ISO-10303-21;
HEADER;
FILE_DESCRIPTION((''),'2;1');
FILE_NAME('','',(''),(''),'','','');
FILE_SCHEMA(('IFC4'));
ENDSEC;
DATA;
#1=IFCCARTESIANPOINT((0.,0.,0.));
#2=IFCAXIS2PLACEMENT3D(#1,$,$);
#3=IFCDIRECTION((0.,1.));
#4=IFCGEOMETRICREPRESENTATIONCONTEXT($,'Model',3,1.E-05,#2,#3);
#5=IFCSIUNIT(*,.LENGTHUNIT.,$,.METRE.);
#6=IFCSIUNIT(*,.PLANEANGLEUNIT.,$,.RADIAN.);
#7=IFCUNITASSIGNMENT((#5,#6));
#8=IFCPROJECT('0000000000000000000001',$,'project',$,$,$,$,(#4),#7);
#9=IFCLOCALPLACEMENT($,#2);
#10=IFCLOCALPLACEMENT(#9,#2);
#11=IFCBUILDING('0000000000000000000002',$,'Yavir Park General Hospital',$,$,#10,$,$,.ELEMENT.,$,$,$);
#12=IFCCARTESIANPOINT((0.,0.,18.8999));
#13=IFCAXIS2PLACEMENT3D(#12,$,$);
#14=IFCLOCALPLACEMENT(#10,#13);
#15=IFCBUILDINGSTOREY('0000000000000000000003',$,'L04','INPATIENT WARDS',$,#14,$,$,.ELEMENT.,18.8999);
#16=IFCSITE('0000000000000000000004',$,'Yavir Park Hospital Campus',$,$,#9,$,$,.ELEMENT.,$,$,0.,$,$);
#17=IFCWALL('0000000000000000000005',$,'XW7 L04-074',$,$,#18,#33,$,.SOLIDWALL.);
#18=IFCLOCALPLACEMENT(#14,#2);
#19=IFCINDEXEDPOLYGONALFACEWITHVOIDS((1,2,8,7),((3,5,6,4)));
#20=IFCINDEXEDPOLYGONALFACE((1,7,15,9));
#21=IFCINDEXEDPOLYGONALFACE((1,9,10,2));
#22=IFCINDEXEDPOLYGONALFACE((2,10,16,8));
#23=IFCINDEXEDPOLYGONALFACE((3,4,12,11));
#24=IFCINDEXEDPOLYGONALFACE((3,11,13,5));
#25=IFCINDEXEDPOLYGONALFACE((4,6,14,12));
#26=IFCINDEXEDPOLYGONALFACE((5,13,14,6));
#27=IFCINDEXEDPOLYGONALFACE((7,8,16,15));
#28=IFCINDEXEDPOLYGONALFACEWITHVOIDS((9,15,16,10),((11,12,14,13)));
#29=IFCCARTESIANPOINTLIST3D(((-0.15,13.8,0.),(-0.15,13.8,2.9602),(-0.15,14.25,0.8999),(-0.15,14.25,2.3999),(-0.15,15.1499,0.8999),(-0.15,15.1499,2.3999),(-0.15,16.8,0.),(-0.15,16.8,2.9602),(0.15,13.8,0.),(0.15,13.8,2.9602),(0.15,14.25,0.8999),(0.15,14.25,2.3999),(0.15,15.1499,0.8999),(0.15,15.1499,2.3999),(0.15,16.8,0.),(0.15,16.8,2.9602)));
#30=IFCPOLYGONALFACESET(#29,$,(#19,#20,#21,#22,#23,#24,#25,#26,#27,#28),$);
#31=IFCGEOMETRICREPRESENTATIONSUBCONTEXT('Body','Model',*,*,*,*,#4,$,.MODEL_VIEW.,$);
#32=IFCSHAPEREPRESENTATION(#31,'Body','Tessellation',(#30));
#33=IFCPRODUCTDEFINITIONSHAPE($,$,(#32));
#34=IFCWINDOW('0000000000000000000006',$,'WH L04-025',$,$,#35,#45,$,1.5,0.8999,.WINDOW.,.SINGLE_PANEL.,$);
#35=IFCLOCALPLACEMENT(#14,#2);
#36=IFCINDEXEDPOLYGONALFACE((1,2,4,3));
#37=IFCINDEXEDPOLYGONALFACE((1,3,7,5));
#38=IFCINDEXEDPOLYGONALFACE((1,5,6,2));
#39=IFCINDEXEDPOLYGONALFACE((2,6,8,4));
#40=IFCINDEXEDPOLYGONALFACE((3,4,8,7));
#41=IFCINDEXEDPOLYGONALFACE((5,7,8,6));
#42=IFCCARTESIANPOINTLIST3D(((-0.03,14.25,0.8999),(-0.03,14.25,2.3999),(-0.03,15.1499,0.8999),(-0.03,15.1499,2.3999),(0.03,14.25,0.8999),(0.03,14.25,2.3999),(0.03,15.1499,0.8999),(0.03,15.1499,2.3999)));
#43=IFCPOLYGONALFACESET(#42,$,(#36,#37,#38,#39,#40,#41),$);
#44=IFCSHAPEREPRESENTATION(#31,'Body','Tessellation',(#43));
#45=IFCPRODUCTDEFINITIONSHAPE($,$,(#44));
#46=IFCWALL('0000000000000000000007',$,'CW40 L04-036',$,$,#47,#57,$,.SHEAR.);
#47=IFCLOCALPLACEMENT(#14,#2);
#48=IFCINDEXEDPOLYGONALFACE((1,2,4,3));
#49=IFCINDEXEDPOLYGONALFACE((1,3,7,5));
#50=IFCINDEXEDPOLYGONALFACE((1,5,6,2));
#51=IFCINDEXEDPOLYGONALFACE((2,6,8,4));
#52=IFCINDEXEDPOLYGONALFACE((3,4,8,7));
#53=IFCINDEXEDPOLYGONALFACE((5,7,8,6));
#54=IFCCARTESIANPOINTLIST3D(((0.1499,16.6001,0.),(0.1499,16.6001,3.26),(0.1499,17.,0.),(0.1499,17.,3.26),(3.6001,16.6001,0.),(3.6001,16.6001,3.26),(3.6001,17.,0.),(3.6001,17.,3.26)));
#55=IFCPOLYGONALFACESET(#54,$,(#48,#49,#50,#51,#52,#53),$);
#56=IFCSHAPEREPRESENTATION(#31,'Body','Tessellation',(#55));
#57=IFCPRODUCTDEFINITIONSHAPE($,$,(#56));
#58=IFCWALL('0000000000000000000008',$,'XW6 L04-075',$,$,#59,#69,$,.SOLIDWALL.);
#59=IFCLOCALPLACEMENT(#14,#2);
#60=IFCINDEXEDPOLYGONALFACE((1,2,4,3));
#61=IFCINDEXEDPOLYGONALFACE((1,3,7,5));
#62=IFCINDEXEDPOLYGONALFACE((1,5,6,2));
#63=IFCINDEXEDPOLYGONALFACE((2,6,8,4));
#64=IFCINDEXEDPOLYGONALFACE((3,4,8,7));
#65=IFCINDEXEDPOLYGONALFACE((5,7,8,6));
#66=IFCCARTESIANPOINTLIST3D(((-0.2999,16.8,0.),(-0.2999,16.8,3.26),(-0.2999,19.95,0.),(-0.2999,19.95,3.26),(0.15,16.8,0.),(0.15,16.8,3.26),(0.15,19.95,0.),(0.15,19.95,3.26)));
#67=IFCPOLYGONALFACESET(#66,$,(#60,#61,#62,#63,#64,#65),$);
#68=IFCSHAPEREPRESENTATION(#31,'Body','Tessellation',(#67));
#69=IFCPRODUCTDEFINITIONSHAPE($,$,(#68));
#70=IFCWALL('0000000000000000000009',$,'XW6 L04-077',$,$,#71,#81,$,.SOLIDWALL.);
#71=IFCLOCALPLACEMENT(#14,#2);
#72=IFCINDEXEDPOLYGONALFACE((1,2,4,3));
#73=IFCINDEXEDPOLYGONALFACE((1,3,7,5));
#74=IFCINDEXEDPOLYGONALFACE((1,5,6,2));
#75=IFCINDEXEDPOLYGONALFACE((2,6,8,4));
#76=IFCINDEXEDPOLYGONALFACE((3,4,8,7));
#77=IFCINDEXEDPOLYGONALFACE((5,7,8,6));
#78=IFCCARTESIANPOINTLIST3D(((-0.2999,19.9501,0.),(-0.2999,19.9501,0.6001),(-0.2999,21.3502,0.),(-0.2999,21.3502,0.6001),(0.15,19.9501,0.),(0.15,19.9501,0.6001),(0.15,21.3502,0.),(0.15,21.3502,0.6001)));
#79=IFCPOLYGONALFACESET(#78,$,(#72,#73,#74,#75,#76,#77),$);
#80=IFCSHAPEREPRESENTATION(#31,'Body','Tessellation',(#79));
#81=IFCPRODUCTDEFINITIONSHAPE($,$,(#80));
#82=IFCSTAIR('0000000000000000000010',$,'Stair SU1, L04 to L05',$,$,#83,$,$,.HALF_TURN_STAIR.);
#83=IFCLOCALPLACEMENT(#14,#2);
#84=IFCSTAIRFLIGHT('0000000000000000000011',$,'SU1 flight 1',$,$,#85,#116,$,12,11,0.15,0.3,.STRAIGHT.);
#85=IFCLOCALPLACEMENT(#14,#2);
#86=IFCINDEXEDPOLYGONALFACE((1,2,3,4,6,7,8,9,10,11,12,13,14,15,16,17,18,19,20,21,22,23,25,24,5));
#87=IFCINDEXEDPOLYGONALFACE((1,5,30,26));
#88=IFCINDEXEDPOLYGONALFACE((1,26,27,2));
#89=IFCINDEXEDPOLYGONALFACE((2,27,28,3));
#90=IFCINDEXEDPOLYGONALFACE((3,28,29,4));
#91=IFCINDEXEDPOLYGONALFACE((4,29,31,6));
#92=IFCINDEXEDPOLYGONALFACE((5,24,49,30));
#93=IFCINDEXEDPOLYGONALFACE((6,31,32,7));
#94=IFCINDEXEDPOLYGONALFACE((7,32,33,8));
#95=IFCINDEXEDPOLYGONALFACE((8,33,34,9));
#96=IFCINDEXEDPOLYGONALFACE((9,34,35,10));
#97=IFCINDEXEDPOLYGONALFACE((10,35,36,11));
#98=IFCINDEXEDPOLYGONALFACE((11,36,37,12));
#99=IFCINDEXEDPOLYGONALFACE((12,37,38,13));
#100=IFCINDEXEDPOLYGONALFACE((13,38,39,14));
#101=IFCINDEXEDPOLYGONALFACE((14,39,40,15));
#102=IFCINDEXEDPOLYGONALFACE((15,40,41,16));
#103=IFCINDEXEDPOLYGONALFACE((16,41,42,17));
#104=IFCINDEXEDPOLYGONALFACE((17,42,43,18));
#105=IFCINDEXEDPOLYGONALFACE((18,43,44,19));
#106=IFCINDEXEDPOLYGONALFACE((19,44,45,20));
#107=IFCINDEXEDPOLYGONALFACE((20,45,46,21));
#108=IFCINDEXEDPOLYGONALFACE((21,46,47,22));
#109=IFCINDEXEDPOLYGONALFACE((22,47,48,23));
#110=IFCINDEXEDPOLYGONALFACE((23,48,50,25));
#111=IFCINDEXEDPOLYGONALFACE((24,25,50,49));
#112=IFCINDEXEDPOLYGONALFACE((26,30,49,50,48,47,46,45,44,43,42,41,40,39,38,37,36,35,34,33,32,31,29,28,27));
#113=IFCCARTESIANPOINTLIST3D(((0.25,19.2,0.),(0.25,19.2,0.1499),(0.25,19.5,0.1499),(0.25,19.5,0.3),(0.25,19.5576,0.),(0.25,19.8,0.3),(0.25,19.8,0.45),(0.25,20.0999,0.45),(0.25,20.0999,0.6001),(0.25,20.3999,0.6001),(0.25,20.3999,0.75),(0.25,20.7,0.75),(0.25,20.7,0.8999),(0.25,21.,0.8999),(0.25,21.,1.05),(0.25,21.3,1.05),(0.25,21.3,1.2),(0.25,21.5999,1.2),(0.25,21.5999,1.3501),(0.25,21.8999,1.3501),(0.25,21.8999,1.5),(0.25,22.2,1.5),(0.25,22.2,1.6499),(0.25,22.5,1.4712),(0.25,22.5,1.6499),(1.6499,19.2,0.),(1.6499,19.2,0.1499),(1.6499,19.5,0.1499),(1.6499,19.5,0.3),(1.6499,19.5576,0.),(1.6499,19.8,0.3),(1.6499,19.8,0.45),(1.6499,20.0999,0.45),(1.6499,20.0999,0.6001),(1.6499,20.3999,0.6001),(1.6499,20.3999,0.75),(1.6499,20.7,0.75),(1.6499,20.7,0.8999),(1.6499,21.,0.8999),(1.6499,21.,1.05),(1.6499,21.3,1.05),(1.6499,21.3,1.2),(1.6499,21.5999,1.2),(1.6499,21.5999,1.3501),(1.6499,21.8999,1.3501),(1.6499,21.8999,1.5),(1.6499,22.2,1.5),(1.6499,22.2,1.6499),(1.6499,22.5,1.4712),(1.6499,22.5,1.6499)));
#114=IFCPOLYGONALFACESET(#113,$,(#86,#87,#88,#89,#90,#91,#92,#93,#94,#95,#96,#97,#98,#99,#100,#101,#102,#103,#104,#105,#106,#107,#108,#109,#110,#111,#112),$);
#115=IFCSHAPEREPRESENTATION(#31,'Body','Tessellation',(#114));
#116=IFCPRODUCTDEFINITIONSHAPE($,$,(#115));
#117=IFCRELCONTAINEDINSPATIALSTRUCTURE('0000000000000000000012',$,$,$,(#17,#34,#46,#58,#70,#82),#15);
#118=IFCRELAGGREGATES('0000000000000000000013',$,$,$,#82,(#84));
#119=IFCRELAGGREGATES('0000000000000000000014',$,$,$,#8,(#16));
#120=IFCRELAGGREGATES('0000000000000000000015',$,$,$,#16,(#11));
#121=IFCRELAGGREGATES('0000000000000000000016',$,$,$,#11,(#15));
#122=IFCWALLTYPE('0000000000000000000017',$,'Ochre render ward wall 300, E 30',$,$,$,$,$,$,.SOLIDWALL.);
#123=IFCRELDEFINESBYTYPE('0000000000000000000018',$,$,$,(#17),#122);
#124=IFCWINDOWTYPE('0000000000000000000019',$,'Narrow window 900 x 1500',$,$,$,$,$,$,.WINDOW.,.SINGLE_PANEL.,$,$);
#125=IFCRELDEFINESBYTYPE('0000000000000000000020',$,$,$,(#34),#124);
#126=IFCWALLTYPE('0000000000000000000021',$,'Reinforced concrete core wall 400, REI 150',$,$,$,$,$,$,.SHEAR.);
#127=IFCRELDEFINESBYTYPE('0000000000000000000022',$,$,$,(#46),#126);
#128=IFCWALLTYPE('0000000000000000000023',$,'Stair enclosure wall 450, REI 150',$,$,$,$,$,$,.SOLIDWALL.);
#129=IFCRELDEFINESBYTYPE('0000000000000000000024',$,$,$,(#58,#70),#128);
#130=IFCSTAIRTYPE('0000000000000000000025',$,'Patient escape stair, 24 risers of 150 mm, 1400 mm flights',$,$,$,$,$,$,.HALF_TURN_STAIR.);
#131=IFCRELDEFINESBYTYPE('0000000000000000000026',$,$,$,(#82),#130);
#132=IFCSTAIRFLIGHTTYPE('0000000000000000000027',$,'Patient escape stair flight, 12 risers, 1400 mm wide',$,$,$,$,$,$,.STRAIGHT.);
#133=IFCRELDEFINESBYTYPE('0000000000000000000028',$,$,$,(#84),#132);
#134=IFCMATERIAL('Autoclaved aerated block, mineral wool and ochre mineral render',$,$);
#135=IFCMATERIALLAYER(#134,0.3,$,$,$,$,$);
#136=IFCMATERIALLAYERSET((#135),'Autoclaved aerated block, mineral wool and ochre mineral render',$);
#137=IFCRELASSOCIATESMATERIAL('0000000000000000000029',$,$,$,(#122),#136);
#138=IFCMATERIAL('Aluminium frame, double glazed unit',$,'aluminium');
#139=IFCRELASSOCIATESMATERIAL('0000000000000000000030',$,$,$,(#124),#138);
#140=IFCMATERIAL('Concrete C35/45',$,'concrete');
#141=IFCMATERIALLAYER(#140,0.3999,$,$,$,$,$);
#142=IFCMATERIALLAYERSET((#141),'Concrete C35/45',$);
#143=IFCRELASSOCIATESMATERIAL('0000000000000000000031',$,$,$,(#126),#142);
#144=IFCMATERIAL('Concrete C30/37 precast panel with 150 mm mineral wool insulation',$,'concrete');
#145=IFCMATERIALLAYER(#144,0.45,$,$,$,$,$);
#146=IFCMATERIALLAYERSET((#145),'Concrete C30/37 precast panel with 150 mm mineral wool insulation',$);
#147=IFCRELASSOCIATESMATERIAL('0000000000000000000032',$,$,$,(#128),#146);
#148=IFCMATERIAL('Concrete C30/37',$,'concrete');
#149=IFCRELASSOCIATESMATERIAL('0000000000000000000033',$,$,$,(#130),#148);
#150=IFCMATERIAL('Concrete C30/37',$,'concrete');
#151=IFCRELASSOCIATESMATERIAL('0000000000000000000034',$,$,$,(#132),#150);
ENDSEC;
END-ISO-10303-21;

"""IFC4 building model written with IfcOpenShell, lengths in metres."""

from ifc_helpers import new_model, si_unit, direction, frame, frame_2d, origin, place, context, subcontext, project, spatial, polyline, rectangle, outline, extrude, material, layer, layer_set, type_object, element, fill, aggregate, save


model = new_model("IFC4")

# Units and contexts
model_context = context("Model", 3, precision=1e-05, world=origin(), true_north=direction((0.0, 1.0)))
body_context = subcontext(model_context, "Body", "Model", "MODEL_VIEW")
ifc_project = project(units=[si_unit("LENGTHUNIT", "METRE"), si_unit("PLANEANGLEUNIT", "RADIAN")], contexts=[model_context])

# Site, building, storey
site_placement = place(None, origin())
site = spatial("IfcSite", under=ifc_project, at=site_placement, Name="Yavir Park Hospital Campus", CompositionType="ELEMENT", RefElevation=0.0)
building_placement = place(site_placement, origin())
building = spatial("IfcBuilding", under=site, at=building_placement, Name="Yavir Park General Hospital", CompositionType="ELEMENT")
storey_placement = place(building_placement, frame((0.0, 0.0, 18.8999)))
storey = spatial("IfcBuildingStorey", under=building, at=storey_placement, Name="L04", Description="INPATIENT WARDS", CompositionType="ELEMENT", Elevation=18.8999)

# Wall, opening, window
ifc_material_1 = material(Name="Autoclaved aerated block, mineral wool and ochre mineral render")
ifc_layer_1 = layer(ifc_material_1, 0.3)
ifc_layer_set_1 = layer_set([ifc_layer_1], Name="Autoclaved aerated block, mineral wool and ochre mineral render")
wall_type_1 = type_object("IfcWallType", Name="Ochre render ward wall 300, E 30", PredefinedType="SOLIDWALL", material=ifc_layer_set_1)
ifc_material_2 = material(Name="Aluminium frame, double glazed unit", Category="aluminium")
window_type_1 = type_object("IfcWindowType", Name="Narrow window 900 x 1500", PartitioningType="SINGLE_PANEL", PredefinedType="WINDOW", material=ifc_material_2)
wall_1_placement = place(storey_placement, frame((0.0, 13.8, 0.0), z_axis=(0.0, 0.0, 1.0), x_axis=(0.0, 1.0, 0.0)))
wall_1 = element("IfcWall", 1, at=wall_1_placement, inside=storey, type_object=wall_type_1, Name="XW7 L04-074", PredefinedType="SOLIDWALL", context=body_context, shape_type="SweptSolid", body=[
    extrude(rectangle(XDim=3.0, YDim=0.3, at=frame_2d((1.5, 0.0))), origin(), (0.0, 0.0, 1.0), 2.9602),
])
opening_1_placement = place(wall_1_placement, frame((0.45, 0.0, 0.8999)))
opening_1 = element("IfcOpeningElement", 2, at=opening_1_placement, cuts=wall_1, PredefinedType="OPENING", context=body_context, shape_type="SweptSolid", body=[
    extrude(rectangle(XDim=0.8999, YDim=1.5, at=frame_2d((0.45, 0.75))), frame((0.0, 0.1599, 0.0), z_axis=(0.0, -1.0, 0.0), x_axis=(1.0, 0.0, 0.0)), (0.0, 0.0, 1.0), 0.3201),
])
window_1_placement = place(opening_1_placement, origin())
window_1 = element("IfcWindow", 3, at=window_1_placement, inside=storey, type_object=window_type_1, Name="WH L04-025", OverallHeight=1.5, OverallWidth=0.8999, PartitioningType="SINGLE_PANEL", PredefinedType="WINDOW", context=body_context, shape_type="SweptSolid", body=[
    extrude(rectangle(XDim=0.8999, YDim=1.5, at=frame_2d((0.45, 0.75))), frame((0.0, 0.03, 0.0), z_axis=(0.0, -1.0, 0.0), x_axis=(1.0, 0.0, 0.0)), (0.0, 0.0, 1.0), 0.0601),
])
fill(opening_1, window_1)

# Walls
ifc_material_3 = material(Name="Concrete C35/45", Category="concrete")
ifc_layer_2 = layer(ifc_material_3, 0.3999)
ifc_layer_set_2 = layer_set([ifc_layer_2], Name="Concrete C35/45")
wall_type_2 = type_object("IfcWallType", Name="Reinforced concrete core wall 400, REI 150", PredefinedType="SHEAR", material=ifc_layer_set_2)
wall_2_placement = place(storey_placement, frame((0.1499, 16.8, 0.0), z_axis=(0.0, 0.0, 1.0), x_axis=(1.0, 0.0, 0.0)))
element("IfcWall", 4, at=wall_2_placement, inside=storey, type_object=wall_type_2, Name="CW40 L04-036", PredefinedType="SHEAR", context=body_context, shape_type="SweptSolid", body=[
    extrude(rectangle(XDim=3.4502, YDim=0.3999, at=frame_2d((1.7251, 0.0))), origin(), (0.0, 0.0, 1.0), 3.26),
])
ifc_material_4 = material(Name="Concrete C30/37 precast panel with 150 mm mineral wool insulation", Category="concrete")
ifc_layer_3 = layer(ifc_material_4, 0.45)
ifc_layer_set_3 = layer_set([ifc_layer_3], Name="Concrete C30/37 precast panel with 150 mm mineral wool insulation")
wall_type_3 = type_object("IfcWallType", Name="Stair enclosure wall 450, REI 150", PredefinedType="SOLIDWALL", material=ifc_layer_set_3)
wall_3_placement = place(storey_placement, frame((-0.075, 16.8, 0.0), z_axis=(0.0, 0.0, 1.0), x_axis=(0.0, 1.0, 0.0)))
element("IfcWall", 5, at=wall_3_placement, inside=storey, type_object=wall_type_3, Name="XW6 L04-075", PredefinedType="SOLIDWALL", context=body_context, shape_type="SweptSolid", body=[
    extrude(rectangle(XDim=3.1499, YDim=0.45, at=frame_2d((1.575, 0.0))), origin(), (0.0, 0.0, 1.0), 3.26),
])
wall_4_placement = place(storey_placement, frame((-0.075, 19.95, 0.0), z_axis=(0.0, 0.0, 1.0), x_axis=(0.0, 1.0, 0.0)))
element("IfcWall", 6, at=wall_4_placement, inside=storey, type_object=wall_type_3, Name="XW6 L04-077", PredefinedType="SOLIDWALL", context=body_context, shape_type="SweptSolid", body=[
    extrude(rectangle(XDim=1.4001, YDim=0.45, at=frame_2d((0.7002, 0.0))), origin(), (0.0, 0.0, 1.0), 0.6001),
])

# Stair, stair flight
ifc_material_5 = material(Name="Concrete C30/37", Category="concrete")
stair_type = type_object("IfcStairType", Name="Patient escape stair, 24 risers of 150 mm, 1400 mm flights", PredefinedType="HALF_TURN_STAIR", material=ifc_material_5)
stair_placement = place(storey_placement, origin())
stair = element("IfcStair", 7, at=stair_placement, inside=storey, type_object=stair_type, Name="Stair SU1, L04 to L05", PredefinedType="HALF_TURN_STAIR")
ifc_material_6 = material(Name="Concrete C30/37", Category="concrete")
stair_flight_type = type_object("IfcStairFlightType", Name="Patient escape stair flight, 12 risers, 1400 mm wide", PredefinedType="STRAIGHT", material=ifc_material_6)
stair_flight_placement = place(storey_placement, frame((0.95, 19.2, 0.0), z_axis=(0.0, 0.0, 1.0), x_axis=(0.0, 1.0, 0.0)))
stair_flight = element("IfcStairFlight", 8, at=stair_flight_placement, type_object=stair_flight_type, Name="SU1 flight 1", NumberOfRisers=12, NumberOfTreads=11, PredefinedType="STRAIGHT", RiserHeight=0.15, TreadLength=0.3, context=body_context, shape_type="SweptSolid", body=[
    extrude(outline(polyline([(0.0, 0.0), (0.0, 0.1499), (0.3, 0.1499), (0.3, 0.3), (0.6001, 0.3), (0.6001, 0.45), (0.8999, 0.45), (0.8999, 0.6001), (1.2, 0.6001), (1.2, 0.75), (1.5, 0.75), (1.5, 0.8999), (1.8, 0.8999), (1.8, 1.05), (2.1001, 1.05), (2.1001, 1.2), (2.3999, 1.2), (2.3999, 1.3501), (2.7, 1.3501), (2.7, 1.5), (3.0, 1.5), (3.0, 1.6499), (3.3, 1.6499), (3.3, 1.8), (3.3, 1.4712), (0.3577, 0.0), (0.0, 0.0)])), frame((0.0, 0.7, 0.0), z_axis=(0.0, -1.0, 0.0), x_axis=(1.0, 0.0, 0.0)), (0.0, 0.0, 1.0), 1.3999),
])
aggregate(stair, [stair_flight])

save(model, "model.ifc")
